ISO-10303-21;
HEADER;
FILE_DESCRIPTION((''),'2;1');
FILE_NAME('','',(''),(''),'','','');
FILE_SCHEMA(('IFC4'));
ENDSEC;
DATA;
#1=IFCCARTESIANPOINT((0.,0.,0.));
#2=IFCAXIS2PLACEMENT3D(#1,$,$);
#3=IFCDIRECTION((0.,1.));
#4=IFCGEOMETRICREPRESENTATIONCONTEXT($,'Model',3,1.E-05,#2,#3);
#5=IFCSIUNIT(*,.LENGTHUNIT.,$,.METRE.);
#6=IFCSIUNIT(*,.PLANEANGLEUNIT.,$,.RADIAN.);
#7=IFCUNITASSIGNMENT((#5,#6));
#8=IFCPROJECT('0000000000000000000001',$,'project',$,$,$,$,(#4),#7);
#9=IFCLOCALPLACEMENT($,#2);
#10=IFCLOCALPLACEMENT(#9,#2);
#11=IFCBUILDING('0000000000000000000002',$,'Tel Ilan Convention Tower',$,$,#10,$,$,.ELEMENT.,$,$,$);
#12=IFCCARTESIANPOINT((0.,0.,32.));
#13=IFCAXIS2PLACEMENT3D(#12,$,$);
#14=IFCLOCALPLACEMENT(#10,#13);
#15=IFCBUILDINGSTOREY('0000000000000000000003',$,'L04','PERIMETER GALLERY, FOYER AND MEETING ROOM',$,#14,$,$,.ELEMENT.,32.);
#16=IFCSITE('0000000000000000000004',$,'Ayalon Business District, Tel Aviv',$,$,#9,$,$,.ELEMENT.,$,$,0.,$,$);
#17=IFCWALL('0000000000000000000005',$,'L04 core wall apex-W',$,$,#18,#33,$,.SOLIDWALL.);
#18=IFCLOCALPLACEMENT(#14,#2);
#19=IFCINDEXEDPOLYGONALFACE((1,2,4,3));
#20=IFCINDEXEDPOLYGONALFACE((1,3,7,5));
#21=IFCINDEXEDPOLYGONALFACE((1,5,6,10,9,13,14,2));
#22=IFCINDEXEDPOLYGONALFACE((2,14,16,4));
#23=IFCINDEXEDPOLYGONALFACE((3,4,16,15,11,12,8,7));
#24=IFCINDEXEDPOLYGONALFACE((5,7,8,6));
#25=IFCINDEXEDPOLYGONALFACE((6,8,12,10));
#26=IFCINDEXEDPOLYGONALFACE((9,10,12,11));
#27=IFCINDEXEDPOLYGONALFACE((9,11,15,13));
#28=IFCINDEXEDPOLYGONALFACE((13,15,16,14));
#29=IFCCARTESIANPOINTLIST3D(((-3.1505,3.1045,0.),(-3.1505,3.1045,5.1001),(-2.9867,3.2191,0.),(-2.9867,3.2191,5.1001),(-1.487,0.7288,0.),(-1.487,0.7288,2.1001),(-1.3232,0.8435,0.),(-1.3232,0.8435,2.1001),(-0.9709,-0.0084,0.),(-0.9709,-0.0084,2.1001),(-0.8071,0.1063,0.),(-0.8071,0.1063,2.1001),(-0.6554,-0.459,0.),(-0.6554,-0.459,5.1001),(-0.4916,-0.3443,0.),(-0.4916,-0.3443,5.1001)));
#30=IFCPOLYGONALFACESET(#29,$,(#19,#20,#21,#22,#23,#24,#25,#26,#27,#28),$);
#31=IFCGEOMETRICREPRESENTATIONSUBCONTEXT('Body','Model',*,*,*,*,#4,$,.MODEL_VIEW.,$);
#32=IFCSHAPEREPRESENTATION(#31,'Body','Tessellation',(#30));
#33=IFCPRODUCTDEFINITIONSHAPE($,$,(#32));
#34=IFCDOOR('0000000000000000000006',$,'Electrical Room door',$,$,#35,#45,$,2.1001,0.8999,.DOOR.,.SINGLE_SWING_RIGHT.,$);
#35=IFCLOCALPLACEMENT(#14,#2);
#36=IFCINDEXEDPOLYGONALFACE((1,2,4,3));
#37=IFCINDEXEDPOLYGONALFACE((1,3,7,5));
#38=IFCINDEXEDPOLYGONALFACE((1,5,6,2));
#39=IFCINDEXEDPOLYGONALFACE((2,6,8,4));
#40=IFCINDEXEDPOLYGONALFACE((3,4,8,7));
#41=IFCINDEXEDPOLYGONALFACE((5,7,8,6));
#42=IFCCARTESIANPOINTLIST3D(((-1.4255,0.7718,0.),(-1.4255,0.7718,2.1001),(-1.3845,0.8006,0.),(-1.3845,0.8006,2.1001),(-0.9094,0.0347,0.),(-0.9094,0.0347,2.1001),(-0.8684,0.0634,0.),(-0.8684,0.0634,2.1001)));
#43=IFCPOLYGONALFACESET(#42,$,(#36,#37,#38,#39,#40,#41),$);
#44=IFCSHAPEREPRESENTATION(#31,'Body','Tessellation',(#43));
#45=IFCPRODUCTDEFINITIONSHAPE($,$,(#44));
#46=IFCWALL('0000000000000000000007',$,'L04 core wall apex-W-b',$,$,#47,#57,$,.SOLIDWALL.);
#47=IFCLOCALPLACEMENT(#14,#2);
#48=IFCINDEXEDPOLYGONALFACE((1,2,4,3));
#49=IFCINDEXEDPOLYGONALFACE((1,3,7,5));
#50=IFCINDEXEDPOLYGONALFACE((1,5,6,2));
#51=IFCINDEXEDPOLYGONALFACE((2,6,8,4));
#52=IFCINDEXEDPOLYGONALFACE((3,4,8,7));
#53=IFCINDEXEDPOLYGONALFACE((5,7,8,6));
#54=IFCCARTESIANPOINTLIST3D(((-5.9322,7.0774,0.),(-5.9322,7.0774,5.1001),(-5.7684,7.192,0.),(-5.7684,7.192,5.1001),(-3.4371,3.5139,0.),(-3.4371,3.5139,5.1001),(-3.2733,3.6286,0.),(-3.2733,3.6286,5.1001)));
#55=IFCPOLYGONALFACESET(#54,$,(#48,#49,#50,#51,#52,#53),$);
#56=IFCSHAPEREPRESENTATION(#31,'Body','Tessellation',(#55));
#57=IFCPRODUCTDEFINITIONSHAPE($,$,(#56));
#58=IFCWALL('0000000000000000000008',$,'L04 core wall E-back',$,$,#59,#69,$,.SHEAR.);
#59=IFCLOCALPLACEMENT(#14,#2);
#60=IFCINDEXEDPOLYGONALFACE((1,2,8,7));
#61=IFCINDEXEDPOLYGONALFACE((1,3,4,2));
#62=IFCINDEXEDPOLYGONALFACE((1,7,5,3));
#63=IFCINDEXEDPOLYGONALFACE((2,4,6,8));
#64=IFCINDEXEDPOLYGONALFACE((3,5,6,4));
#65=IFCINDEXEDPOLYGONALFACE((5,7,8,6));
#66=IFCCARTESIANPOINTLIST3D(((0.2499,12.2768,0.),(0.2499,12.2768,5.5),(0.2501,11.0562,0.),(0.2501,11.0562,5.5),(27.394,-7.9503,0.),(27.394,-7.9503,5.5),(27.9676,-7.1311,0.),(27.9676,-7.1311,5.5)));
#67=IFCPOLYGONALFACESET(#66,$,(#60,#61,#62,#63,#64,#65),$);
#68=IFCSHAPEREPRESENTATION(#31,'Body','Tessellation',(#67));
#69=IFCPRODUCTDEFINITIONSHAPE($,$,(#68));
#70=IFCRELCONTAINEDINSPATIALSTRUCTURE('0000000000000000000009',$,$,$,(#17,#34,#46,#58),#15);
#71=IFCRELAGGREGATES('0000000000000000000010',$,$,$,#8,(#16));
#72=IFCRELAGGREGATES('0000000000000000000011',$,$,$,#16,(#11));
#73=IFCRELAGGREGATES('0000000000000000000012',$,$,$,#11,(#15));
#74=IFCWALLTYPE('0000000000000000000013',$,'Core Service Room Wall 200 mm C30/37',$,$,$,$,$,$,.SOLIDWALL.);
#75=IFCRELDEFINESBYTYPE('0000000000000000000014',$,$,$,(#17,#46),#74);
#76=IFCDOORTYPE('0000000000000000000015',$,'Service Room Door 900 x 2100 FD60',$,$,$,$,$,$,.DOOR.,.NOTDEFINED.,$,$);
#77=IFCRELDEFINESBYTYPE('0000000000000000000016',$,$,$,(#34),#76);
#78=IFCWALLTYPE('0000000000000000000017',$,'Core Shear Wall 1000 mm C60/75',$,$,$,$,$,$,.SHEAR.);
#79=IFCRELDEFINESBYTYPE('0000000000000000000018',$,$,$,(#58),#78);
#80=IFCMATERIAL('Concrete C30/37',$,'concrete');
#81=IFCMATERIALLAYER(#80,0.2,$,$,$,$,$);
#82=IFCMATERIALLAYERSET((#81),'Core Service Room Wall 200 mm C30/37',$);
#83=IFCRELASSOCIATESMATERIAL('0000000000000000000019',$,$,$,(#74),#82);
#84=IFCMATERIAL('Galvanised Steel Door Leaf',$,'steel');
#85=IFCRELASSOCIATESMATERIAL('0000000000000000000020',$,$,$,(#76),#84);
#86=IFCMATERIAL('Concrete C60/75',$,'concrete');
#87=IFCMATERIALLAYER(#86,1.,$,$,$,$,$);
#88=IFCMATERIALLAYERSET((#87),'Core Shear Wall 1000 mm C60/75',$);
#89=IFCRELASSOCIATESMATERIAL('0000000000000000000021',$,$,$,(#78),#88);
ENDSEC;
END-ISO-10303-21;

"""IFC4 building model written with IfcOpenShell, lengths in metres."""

from ifc_helpers import new_model, si_unit, direction, frame, frame_2d, origin, place, context, subcontext, project, spatial, polyline, rectangle, outline, extrude, material, layer, layer_set, type_object, element, fill, save


model = new_model("IFC4")

# Units and contexts
model_context = context("Model", 3, precision=1e-05, world=origin(), true_north=direction((0.0, 1.0)))
body_context = subcontext(model_context, "Body", "Model", "MODEL_VIEW")
ifc_project = project(units=[si_unit("LENGTHUNIT", "METRE"), si_unit("PLANEANGLEUNIT", "RADIAN")], contexts=[model_context])

# Site, building, storey
site_placement = place(None, origin())
site = spatial("IfcSite", under=ifc_project, at=site_placement, Name="Ayalon Business District, Tel Aviv", CompositionType="ELEMENT", RefElevation=0.0)
building_placement = place(site_placement, origin())
building = spatial("IfcBuilding", under=site, at=building_placement, Name="Tel Ilan Convention Tower", CompositionType="ELEMENT")
storey_placement = place(building_placement, frame((0.0, 0.0, 32.0)))
storey = spatial("IfcBuildingStorey", under=building, at=storey_placement, Name="L04", Description="PERIMETER GALLERY, FOYER AND MEETING ROOM", CompositionType="ELEMENT", Elevation=32.0)

# Wall, opening, door
ifc_material_1 = material(Name="Concrete C30/37", Category="concrete")
ifc_layer_1 = layer(ifc_material_1, 0.2)
ifc_layer_set_1 = layer_set([ifc_layer_1], Name="Core Service Room Wall 200 mm C30/37")
wall_type_1 = type_object("IfcWallType", Name="Core Service Room Wall 200 mm C30/37", PredefinedType="SOLIDWALL", material=ifc_layer_set_1)
wall_1_placement = place(storey_placement, frame((-0.5735, -0.4016, 0.0), z_axis=(0.0, 0.0, 1.0), x_axis=(-0.573568, 0.819158, 0.0)))
wall_1 = element("IfcWall", 1, at=wall_1_placement, inside=storey, type_object=wall_type_1, Name="L04 core wall apex-W", PredefinedType="SOLIDWALL", context=body_context, shape_type="SweptSolid", body=[
    extrude(rectangle(XDim=4.3501, YDim=0.2, at=frame_2d((2.175, 0.0))), origin(), (0.0, 0.0, 1.0), 5.1001),
])
opening_1_placement = place(wall_1_placement, frame((0.55, 0.0, 0.0)))
opening_1 = element("IfcOpeningElement", 2, at=opening_1_placement, cuts=wall_1, PredefinedType="OPENING", context=body_context, shape_type="SweptSolid", body=[
    extrude(rectangle(XDim=0.8999, YDim=2.1001, at=frame_2d((0.45, 1.05))), frame((0.0, 0.1099, 0.0), z_axis=(0.0, -1.0, 0.0), x_axis=(1.0, 0.0, 0.0)), (0.0, 0.0, 1.0), 0.22),
])
ifc_material_2 = material(Name="Galvanised Steel Door Leaf", Category="steel")
door_type_1 = type_object("IfcDoorType", Name="Service Room Door 900 x 2100 FD60", OperationType="NOTDEFINED", PredefinedType="DOOR", material=ifc_material_2)
door_1_placement = place(opening_1_placement, origin())
door_1 = element("IfcDoor", 3, at=door_1_placement, inside=storey, type_object=door_type_1, Name="Electrical Room door", OperationType="SINGLE_SWING_RIGHT", OverallHeight=2.1001, OverallWidth=0.8999, PredefinedType="DOOR", context=body_context, shape_type="SweptSolid", body=[
    extrude(rectangle(XDim=0.8999, YDim=2.1001, at=frame_2d((0.45, 1.05))), frame((0.0, 0.0249, 0.0), z_axis=(0.0, -1.0, 0.0), x_axis=(1.0, 0.0, 0.0)), (0.0, 0.0, 1.0), 0.05),
])
fill(opening_1, door_1)

# Walls
wall_2_placement = place(storey_placement, frame((-3.3552, 3.5713, 0.0), z_axis=(0.0, 0.0, 1.0), x_axis=(-0.573568, 0.819158, 0.0)))
element("IfcWall", 4, at=wall_2_placement, inside=storey, type_object=wall_type_1, Name="L04 core wall apex-W-b", PredefinedType="SOLIDWALL", context=body_context, shape_type="SweptSolid", body=[
    extrude(rectangle(XDim=4.3501, YDim=0.2, at=frame_2d((2.175, 0.0))), origin(), (0.0, 0.0, 1.0), 5.1001),
])
ifc_material_3 = material(Name="Concrete C60/75", Category="concrete")
ifc_layer_2 = layer(ifc_material_3, 1.0)
ifc_layer_set_2 = layer_set([ifc_layer_2], Name="Core Shear Wall 1000 mm C60/75")
wall_type_2 = type_object("IfcWallType", Name="Core Shear Wall 1000 mm C60/75", PredefinedType="SHEAR", material=ifc_layer_set_2)
wall_3_placement = place(storey_placement, frame((-0.0369, 11.8672, 0.0), z_axis=(0.0, 0.0, 1.0), x_axis=(0.819155, -0.573572, 0.0)))
element("IfcWall", 5, at=wall_3_placement, inside=storey, type_object=wall_type_2, Name="L04 core wall E-back", PredefinedType="SHEAR", context=body_context, shape_type="SweptSolid", body=[
    extrude(outline(polyline([(33.8369, 0.5), (0.0, 0.5), (0.7002, -0.4998), (33.8369, -0.5), (33.8369, 0.5)])), origin(), (0.0, 0.0, 1.0), 5.5),
])

save(model, "model.ifc")
